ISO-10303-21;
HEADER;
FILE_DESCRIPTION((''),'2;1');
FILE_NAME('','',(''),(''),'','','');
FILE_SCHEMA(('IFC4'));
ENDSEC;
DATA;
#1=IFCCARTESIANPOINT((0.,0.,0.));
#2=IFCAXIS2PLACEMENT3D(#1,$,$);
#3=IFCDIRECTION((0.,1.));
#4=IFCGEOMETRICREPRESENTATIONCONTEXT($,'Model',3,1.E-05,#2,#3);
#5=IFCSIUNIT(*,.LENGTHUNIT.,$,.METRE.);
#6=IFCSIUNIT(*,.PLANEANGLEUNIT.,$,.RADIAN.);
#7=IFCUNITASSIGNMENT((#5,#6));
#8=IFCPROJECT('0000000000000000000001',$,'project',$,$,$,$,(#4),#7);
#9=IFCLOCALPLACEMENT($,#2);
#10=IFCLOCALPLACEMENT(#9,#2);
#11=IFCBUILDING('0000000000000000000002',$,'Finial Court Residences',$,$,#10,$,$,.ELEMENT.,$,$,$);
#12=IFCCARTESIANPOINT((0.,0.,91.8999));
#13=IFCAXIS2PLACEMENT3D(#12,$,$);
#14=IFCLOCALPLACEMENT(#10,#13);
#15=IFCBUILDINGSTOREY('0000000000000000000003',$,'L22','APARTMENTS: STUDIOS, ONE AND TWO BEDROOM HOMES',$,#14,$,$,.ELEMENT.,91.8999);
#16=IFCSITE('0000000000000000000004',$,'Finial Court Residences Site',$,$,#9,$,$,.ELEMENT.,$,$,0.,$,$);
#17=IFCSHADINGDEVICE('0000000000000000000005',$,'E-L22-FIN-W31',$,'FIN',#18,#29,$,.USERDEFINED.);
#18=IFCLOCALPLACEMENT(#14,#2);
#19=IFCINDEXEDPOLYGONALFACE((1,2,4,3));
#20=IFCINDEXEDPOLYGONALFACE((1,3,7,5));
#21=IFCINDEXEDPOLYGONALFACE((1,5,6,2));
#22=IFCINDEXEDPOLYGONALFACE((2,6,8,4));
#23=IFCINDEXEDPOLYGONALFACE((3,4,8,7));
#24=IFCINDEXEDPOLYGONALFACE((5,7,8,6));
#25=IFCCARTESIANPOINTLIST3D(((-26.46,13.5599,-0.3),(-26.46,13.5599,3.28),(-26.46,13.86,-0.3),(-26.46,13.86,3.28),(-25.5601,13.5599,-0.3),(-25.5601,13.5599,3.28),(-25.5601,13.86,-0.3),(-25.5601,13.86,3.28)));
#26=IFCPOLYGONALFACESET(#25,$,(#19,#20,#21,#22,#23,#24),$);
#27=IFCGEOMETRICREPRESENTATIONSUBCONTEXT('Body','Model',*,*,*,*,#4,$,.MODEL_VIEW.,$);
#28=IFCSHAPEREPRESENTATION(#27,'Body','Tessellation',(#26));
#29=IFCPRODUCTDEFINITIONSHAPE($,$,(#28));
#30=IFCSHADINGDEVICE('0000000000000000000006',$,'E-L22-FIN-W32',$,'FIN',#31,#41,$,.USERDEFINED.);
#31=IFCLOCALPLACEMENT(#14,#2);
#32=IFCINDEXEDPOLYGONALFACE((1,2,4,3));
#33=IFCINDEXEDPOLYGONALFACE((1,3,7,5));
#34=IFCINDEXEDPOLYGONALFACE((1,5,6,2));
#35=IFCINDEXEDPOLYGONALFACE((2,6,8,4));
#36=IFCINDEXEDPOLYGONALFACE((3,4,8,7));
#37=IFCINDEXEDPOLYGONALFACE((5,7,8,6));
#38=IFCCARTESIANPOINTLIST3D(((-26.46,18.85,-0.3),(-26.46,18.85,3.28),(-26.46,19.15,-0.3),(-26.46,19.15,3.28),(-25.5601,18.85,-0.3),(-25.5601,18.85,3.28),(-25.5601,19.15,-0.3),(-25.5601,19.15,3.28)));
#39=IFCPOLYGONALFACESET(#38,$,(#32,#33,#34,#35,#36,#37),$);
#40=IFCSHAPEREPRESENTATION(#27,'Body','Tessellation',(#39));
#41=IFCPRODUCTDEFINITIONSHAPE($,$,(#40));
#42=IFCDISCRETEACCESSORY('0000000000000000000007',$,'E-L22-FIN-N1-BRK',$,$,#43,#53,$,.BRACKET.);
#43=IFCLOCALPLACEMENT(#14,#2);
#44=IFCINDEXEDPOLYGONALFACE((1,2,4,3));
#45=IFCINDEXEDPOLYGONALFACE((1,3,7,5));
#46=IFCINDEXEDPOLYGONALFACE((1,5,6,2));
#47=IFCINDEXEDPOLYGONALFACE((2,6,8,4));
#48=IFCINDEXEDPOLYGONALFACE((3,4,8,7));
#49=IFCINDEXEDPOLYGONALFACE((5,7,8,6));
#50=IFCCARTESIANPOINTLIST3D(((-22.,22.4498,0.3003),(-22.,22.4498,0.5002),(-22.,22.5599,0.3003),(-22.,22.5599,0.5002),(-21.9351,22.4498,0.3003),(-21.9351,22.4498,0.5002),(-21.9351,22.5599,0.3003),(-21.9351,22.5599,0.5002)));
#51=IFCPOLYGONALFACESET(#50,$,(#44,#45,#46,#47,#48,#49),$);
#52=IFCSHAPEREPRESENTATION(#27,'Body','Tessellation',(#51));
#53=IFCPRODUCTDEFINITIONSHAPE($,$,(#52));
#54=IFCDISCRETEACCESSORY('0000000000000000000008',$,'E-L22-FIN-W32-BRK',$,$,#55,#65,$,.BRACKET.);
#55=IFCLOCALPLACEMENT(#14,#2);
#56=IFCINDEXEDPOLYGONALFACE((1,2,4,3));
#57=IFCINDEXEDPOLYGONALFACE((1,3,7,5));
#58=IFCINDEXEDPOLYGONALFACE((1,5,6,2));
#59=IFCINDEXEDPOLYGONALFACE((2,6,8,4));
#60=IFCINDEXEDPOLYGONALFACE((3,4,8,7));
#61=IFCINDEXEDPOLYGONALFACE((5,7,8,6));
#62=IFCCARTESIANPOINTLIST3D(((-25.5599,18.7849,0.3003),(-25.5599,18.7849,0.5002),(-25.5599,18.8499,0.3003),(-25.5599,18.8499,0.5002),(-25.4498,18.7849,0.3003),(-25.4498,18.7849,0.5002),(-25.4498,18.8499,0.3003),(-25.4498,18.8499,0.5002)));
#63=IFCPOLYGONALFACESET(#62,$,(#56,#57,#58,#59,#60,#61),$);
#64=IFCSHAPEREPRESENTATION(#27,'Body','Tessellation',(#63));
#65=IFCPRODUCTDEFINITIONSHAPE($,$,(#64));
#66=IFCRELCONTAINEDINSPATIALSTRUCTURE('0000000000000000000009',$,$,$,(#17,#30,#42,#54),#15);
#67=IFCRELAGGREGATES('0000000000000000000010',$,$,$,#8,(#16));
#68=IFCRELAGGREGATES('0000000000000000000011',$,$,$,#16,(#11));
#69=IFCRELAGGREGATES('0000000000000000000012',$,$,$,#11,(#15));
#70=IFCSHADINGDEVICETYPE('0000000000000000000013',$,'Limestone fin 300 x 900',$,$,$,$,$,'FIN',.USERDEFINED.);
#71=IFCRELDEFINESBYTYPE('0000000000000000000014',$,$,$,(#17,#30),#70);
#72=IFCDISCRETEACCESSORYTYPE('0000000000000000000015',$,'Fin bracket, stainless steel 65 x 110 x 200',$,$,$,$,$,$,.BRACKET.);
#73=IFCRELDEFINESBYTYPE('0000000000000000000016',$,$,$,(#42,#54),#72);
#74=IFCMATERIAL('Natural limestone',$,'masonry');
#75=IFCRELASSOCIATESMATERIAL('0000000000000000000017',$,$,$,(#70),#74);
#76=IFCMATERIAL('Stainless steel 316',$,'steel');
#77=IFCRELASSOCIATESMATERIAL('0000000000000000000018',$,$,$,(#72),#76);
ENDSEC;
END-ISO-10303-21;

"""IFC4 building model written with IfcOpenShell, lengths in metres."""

from ifc_helpers import new_model, si_unit, direction, frame, origin, origin_2d, place, context, subcontext, project, spatial, rectangle, extrude, material, type_object, element, save


model = new_model("IFC4")

# Units and contexts
model_context = context("Model", 3, precision=1e-05, world=origin(), true_north=direction((0.0, 1.0)))
body_context = subcontext(model_context, "Body", "Model", "MODEL_VIEW")
ifc_project = project(units=[si_unit("LENGTHUNIT", "METRE"), si_unit("PLANEANGLEUNIT", "RADIAN")], contexts=[model_context])

# Site, building, storey
site_placement = place(None, origin())
site = spatial("IfcSite", under=ifc_project, at=site_placement, Name="Finial Court Residences Site", CompositionType="ELEMENT", RefElevation=0.0)
building_placement = place(site_placement, origin())
building = spatial("IfcBuilding", under=site, at=building_placement, Name="Finial Court Residences", CompositionType="ELEMENT")
storey_placement = place(building_placement, frame((0.0, 0.0, 91.8999)))
storey = spatial("IfcBuildingStorey", under=building, at=storey_placement, Name="L22", Description="APARTMENTS: STUDIOS, ONE AND TWO BEDROOM HOMES", CompositionType="ELEMENT", Elevation=91.8999)

# Shared definitions
ifc_material_1 = material(Name="Natural limestone", Category="masonry")

# Shading devices
shading_device_type = type_object("IfcShadingDeviceType", Name="Limestone fin 300 x 900", ElementType="FIN", PredefinedType="USERDEFINED", material=ifc_material_1)
for number, where, z_axis, x_axis, name in (
    (1, (-26.01, 13.71, -0.3), (0.0, 0.0, 1.0), (1.0, 0.0, 0.0), "E-L22-FIN-W31"),
    (2, (-26.01, 19.0, -0.3), (0.0, 0.0, 1.0), (1.0, 0.0, 0.0), "E-L22-FIN-W32"),
):
    element("IfcShadingDevice", number, at=place(storey_placement, frame(where, z_axis=z_axis, x_axis=x_axis)), inside=storey, type_object=shading_device_type, Name=name, ObjectType="FIN", PredefinedType="USERDEFINED", context=body_context, shape_type="SweptSolid", body=[
        extrude(rectangle(XDim=0.8999, YDim=0.3, at=origin_2d()), origin(), (0.0, 0.0, 1.0), 3.5801),
    ])

# Discrete accessories
ifc_material_2 = material(Name="Stainless steel 316", Category="steel")
discrete_accessory_type = type_object("IfcDiscreteAccessoryType", Name="Fin bracket, stainless steel 65 x 110 x 200", PredefinedType="BRACKET", material=ifc_material_2)
discrete_accessory_1_placement = place(storey_placement, frame((-21.9675, 22.5049, 0.3003), z_axis=(0.0, 0.0, 1.0), x_axis=(1.0, 0.0, 0.0)))
element("IfcDiscreteAccessory", 3, at=discrete_accessory_1_placement, inside=storey, type_object=discrete_accessory_type, Name="E-L22-FIN-N1-BRK", PredefinedType="BRACKET", context=body_context, shape_type="SweptSolid", body=[
    extrude(rectangle(XDim=0.0649, YDim=0.1101, at=origin_2d()), origin(), (0.0, 0.0, 1.0), 0.2),
])
discrete_accessory_2_placement = place(storey_placement, frame((-25.5049, 18.8174, 0.3003), z_axis=(0.0, 0.0, 1.0), x_axis=(1.0, 0.0, 0.0)))
element("IfcDiscreteAccessory", 4, at=discrete_accessory_2_placement, inside=storey, type_object=discrete_accessory_type, Name="E-L22-FIN-W32-BRK", PredefinedType="BRACKET", context=body_context, shape_type="SweptSolid", body=[
    extrude(rectangle(XDim=0.1101, YDim=0.0649, at=origin_2d()), origin(), (0.0, 0.0, 1.0), 0.2),
])

save(model, "model.ifc")
